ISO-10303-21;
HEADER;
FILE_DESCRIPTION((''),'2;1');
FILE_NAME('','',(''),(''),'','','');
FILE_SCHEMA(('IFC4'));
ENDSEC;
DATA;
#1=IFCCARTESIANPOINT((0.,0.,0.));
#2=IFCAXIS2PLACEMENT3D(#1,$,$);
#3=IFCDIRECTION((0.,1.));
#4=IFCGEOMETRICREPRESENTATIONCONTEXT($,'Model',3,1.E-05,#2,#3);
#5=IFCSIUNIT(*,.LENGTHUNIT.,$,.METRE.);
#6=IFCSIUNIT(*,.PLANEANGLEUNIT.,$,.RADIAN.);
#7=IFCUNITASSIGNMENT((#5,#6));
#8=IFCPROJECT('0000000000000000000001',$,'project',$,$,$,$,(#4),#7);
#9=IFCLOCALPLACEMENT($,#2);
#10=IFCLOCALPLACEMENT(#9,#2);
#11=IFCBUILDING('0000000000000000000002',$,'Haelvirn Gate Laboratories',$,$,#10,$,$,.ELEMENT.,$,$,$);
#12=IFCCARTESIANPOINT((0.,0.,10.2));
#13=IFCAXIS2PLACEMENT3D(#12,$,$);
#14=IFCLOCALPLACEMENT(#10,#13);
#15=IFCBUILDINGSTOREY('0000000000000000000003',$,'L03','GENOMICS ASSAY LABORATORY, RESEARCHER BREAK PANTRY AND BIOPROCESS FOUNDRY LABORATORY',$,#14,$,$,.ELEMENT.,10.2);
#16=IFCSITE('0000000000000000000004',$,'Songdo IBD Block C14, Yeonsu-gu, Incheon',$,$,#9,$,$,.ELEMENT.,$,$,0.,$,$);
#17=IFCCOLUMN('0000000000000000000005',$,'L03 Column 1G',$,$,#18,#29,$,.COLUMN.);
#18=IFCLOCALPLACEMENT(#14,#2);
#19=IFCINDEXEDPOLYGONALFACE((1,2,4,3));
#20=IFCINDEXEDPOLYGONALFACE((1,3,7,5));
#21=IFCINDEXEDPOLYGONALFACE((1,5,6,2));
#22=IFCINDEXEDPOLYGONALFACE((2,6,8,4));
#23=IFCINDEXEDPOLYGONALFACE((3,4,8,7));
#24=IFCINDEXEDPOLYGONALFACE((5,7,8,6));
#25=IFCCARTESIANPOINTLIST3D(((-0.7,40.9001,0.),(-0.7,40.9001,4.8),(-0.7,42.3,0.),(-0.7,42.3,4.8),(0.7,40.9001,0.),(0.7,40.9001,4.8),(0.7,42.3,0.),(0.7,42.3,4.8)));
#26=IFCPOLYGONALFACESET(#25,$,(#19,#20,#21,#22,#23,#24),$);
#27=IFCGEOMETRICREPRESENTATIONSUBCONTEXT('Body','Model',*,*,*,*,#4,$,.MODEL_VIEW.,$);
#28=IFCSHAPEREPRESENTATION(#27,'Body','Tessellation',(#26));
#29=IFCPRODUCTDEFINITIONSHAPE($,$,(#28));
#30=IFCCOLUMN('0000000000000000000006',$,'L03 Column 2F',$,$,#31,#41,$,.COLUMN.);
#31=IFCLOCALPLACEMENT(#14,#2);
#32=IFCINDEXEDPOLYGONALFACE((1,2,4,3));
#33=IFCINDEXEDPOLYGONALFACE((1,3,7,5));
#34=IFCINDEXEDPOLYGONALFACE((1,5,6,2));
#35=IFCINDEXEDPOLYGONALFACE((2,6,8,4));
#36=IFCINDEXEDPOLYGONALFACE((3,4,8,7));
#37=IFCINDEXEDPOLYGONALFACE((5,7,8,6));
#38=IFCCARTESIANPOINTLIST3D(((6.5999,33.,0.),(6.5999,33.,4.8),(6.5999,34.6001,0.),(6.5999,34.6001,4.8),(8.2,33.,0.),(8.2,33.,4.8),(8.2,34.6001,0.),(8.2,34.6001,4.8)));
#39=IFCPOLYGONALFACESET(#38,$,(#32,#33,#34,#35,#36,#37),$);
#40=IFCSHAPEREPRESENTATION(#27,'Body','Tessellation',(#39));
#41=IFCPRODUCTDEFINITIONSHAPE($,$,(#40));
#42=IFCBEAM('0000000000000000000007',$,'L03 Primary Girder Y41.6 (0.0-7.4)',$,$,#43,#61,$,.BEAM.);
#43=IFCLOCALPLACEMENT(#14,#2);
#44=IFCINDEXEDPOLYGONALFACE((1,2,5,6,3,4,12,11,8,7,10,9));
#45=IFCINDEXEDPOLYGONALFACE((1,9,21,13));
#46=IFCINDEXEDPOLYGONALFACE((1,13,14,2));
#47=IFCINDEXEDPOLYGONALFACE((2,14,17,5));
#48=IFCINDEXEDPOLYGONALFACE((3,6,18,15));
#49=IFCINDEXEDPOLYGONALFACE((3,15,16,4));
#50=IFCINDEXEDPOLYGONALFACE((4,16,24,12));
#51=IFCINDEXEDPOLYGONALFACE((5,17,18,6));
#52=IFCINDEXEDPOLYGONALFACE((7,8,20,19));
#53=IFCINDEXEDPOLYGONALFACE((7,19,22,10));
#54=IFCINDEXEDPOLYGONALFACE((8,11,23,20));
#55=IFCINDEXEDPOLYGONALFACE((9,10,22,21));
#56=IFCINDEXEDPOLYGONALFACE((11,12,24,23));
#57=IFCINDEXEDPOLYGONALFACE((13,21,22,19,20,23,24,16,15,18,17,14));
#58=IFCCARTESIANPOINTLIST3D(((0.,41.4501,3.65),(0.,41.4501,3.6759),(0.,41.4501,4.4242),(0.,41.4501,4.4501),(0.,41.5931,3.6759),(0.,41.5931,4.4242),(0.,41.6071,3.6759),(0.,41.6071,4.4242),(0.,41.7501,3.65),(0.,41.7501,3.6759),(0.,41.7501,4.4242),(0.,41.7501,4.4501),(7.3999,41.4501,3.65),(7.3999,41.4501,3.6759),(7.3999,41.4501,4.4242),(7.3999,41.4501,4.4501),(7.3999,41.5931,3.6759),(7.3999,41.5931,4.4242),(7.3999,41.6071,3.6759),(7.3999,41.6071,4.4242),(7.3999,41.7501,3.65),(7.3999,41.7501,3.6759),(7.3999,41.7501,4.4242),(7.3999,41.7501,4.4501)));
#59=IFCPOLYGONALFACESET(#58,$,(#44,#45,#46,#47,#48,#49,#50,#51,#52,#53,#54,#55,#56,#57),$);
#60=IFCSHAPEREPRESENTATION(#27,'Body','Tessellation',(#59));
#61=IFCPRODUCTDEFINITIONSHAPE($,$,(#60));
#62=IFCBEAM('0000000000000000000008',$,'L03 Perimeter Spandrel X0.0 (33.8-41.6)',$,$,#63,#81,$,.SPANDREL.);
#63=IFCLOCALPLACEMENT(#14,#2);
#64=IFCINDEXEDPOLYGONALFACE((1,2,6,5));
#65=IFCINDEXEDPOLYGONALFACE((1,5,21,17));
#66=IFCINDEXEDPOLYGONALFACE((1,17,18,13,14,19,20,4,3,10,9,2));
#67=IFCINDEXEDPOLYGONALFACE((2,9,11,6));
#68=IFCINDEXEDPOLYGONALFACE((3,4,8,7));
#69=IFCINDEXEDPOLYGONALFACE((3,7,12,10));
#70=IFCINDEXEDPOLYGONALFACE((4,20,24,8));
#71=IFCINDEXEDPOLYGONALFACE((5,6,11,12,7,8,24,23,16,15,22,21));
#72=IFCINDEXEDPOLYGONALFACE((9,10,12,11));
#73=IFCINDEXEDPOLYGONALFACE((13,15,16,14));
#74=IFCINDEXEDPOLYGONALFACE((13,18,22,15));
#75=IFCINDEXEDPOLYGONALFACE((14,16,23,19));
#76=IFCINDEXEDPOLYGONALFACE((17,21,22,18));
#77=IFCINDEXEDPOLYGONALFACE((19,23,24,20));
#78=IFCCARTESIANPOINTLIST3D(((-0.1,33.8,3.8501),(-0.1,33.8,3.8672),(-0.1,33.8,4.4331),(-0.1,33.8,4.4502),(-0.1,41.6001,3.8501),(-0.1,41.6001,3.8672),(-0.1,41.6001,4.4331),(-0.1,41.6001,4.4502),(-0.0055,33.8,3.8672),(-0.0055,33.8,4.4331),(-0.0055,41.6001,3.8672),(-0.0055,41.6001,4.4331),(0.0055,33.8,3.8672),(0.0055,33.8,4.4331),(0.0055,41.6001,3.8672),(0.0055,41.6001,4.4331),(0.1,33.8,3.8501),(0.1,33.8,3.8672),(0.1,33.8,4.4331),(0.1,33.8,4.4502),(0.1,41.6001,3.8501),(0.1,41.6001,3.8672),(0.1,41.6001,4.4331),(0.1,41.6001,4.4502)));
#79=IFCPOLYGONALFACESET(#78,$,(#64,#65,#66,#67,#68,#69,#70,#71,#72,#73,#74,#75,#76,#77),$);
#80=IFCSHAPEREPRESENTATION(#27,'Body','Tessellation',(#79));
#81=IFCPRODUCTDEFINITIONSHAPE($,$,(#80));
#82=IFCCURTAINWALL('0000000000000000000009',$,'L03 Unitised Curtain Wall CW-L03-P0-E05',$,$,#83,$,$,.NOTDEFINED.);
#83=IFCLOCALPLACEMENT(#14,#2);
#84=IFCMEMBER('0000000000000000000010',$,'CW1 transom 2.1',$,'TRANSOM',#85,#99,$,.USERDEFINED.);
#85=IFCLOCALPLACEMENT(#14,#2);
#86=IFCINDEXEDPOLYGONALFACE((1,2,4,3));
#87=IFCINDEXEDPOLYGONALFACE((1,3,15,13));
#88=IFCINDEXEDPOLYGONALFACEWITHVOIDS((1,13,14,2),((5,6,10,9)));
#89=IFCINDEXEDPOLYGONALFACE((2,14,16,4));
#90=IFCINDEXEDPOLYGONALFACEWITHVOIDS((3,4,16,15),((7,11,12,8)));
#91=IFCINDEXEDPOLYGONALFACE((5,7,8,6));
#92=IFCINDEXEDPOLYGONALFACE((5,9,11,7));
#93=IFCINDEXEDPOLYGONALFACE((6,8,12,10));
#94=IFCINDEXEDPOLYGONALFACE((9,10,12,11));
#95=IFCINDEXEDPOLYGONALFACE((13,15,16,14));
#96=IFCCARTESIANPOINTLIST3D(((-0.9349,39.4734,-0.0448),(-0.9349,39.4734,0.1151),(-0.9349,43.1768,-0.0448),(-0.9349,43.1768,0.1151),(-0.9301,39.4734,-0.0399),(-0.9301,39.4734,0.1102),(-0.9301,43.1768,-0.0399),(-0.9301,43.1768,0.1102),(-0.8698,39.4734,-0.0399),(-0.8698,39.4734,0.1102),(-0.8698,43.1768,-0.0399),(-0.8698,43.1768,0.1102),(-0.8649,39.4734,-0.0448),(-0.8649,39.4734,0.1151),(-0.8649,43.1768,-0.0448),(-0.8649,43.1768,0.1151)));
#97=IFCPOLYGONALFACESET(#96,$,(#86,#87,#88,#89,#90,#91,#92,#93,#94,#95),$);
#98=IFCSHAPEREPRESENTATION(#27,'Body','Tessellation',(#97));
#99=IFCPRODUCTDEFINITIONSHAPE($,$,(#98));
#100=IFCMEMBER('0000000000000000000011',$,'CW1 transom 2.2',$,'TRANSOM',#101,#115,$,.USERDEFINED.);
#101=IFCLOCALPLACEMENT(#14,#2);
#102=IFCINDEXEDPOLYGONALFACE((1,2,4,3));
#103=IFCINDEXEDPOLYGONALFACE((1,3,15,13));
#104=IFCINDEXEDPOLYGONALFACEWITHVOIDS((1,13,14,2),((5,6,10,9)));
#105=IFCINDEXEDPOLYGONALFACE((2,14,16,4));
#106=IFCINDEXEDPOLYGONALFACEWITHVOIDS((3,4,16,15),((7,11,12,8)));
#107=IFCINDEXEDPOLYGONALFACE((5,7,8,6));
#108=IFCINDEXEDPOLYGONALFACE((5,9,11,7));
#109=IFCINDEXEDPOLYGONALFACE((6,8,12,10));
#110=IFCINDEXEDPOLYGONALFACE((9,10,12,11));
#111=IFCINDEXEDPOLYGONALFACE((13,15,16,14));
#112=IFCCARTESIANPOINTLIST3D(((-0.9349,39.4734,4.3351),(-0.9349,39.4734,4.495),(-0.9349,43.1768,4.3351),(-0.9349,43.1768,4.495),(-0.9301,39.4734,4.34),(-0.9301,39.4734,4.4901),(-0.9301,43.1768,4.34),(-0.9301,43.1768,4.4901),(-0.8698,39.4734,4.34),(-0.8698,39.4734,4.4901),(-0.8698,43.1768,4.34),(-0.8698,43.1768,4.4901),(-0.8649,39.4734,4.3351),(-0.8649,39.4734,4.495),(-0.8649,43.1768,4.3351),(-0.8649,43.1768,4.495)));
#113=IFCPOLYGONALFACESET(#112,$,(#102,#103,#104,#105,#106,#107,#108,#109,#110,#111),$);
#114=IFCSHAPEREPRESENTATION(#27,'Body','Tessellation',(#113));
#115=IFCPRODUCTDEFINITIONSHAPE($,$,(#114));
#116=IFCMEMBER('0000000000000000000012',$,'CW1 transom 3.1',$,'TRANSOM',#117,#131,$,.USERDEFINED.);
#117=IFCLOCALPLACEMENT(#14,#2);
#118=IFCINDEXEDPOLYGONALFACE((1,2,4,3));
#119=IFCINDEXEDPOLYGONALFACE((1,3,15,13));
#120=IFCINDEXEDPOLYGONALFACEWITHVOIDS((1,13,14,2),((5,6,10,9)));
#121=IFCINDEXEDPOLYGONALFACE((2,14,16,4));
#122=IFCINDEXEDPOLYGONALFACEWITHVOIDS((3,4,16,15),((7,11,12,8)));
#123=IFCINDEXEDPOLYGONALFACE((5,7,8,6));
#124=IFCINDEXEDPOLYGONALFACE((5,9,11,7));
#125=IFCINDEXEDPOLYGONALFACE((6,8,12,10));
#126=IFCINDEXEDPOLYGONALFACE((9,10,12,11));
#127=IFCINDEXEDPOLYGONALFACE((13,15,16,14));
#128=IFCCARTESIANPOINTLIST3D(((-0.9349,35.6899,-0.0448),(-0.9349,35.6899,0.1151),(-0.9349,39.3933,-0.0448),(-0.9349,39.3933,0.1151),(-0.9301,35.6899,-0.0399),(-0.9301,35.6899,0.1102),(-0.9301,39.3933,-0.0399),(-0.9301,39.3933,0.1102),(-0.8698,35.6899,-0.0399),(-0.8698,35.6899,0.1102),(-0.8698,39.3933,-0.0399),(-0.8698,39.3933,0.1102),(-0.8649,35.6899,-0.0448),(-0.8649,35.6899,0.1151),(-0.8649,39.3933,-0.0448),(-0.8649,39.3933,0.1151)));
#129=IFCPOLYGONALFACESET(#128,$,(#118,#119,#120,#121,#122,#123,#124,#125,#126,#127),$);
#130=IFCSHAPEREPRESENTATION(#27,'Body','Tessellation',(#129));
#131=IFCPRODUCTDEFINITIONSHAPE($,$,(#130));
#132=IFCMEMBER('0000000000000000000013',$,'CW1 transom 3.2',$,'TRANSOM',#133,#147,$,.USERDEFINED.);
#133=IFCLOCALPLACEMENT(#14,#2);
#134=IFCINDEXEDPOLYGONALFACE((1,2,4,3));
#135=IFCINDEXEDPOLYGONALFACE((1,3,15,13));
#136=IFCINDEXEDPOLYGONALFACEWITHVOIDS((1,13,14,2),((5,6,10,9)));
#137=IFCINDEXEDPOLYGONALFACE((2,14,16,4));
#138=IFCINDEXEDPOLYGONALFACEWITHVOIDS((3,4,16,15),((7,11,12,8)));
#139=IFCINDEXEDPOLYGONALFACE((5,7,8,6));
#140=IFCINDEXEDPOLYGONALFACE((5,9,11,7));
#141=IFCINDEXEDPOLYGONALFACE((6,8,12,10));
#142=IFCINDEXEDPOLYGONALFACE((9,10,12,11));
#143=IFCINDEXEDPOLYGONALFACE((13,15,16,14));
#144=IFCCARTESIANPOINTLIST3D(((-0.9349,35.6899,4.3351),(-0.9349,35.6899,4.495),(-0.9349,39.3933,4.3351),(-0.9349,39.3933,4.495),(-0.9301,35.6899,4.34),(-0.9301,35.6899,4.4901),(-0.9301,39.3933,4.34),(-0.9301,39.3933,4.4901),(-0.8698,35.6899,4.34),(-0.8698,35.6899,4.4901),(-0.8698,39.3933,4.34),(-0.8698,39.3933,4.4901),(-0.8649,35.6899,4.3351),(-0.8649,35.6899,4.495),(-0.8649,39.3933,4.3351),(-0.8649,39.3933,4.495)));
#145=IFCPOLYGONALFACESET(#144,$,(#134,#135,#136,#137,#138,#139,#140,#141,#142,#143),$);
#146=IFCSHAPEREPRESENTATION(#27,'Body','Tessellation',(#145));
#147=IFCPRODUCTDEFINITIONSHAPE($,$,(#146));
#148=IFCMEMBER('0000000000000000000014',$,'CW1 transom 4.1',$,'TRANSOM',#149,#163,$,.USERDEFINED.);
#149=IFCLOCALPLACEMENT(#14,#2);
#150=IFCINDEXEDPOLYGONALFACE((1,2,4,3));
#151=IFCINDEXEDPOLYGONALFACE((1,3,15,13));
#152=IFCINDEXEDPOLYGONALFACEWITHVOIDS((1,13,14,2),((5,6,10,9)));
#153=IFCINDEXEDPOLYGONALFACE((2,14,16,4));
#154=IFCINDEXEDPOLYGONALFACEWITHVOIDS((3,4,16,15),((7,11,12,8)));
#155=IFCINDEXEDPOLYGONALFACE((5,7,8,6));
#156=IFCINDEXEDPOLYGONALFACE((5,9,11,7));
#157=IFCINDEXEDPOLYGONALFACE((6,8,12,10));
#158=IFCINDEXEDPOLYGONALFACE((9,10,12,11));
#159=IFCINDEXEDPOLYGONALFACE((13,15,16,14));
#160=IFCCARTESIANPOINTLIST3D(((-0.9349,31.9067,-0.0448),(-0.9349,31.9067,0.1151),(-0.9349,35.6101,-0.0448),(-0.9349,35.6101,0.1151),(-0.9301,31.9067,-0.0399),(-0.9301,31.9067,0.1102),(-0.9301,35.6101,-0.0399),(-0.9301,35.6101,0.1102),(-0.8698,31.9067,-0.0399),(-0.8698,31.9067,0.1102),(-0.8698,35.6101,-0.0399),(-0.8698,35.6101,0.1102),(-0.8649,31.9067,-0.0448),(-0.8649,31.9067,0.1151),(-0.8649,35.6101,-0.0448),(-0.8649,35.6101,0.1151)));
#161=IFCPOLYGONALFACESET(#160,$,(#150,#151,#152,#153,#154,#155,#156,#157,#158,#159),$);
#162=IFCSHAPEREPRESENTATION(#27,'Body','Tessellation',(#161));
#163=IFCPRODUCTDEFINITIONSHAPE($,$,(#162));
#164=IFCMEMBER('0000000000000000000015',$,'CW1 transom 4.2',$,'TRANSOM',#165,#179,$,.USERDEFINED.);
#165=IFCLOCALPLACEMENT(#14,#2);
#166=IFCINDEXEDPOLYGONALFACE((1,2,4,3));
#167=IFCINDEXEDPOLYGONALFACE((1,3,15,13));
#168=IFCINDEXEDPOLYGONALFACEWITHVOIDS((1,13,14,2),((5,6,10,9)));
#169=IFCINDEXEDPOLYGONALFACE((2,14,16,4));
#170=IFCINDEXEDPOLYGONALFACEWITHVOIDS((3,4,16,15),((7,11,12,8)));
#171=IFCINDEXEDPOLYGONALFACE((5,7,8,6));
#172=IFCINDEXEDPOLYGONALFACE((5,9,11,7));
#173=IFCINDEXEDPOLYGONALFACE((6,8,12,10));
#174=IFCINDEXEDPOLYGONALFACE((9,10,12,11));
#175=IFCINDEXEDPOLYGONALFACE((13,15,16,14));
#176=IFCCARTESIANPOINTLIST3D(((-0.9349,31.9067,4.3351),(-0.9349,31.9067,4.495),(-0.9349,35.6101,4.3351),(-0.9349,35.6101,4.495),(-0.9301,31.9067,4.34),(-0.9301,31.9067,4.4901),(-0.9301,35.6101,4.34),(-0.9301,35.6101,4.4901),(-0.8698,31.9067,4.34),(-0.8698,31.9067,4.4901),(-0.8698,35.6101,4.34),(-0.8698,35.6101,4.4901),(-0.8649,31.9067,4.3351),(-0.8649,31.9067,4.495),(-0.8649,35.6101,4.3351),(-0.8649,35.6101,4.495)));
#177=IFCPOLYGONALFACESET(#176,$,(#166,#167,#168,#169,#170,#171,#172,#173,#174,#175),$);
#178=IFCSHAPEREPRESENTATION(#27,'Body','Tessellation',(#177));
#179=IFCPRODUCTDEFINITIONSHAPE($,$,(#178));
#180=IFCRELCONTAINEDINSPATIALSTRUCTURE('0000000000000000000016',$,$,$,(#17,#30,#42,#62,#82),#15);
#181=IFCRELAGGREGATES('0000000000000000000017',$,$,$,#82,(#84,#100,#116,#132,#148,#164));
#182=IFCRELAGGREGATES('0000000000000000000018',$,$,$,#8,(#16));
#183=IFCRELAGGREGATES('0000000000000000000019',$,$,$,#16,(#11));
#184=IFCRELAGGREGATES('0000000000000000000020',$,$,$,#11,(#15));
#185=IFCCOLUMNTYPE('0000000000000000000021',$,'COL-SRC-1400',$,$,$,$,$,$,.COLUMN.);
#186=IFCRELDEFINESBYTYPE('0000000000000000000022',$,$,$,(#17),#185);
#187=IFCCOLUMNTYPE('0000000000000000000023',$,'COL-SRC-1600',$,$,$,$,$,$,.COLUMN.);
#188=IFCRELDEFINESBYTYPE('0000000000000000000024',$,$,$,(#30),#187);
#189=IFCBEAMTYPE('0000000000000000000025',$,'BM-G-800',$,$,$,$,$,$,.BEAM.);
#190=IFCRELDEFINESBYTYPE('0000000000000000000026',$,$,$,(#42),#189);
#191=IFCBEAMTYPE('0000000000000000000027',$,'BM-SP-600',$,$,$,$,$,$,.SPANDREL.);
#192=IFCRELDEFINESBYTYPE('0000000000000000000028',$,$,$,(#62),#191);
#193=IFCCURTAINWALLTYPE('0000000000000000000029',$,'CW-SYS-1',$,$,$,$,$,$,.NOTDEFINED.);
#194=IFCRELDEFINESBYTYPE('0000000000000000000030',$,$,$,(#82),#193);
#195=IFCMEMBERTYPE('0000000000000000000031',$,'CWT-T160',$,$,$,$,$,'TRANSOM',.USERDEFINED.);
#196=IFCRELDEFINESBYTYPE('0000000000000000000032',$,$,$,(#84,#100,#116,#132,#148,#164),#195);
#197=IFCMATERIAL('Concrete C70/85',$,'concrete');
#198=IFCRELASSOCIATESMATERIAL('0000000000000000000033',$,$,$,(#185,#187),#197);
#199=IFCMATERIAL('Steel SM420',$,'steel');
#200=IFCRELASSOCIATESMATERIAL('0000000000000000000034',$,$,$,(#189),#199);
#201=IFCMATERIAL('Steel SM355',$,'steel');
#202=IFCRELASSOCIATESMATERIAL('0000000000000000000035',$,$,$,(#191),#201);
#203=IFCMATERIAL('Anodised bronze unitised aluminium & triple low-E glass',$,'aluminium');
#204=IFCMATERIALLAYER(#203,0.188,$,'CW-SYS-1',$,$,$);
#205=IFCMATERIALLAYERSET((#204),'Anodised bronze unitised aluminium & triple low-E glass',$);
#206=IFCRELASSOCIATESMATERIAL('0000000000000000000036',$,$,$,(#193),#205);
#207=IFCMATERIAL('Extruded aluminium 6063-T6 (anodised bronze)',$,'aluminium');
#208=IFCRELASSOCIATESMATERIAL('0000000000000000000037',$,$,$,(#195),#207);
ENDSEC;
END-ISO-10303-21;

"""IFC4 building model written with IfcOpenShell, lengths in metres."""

from ifc_helpers import new_model, si_unit, direction, frame, origin, origin_2d, place, context, subcontext, project, spatial, rectangle, hollow_rectangle, i_section, extrude, source, transform, mapped, material, layer, layer_set, material_profile, profile_set, type_object, type_shapes, element, aggregate, save


model = new_model("IFC4")

# Units and contexts
model_context = context("Model", 3, precision=1e-05, world=origin(), true_north=direction((0.0, 1.0)))
body_context = subcontext(model_context, "Body", "Model", "MODEL_VIEW")
ifc_project = project(units=[si_unit("LENGTHUNIT", "METRE"), si_unit("PLANEANGLEUNIT", "RADIAN")], contexts=[model_context])

# Site, building, storey
site_placement = place(None, origin())
site = spatial("IfcSite", under=ifc_project, at=site_placement, Name="Songdo IBD Block C14, Yeonsu-gu, Incheon", CompositionType="ELEMENT", RefElevation=0.0)
building_placement = place(site_placement, origin())
building = spatial("IfcBuilding", under=site, at=building_placement, Name="Haelvirn Gate Laboratories", CompositionType="ELEMENT")
storey_placement = place(building_placement, frame((0.0, 0.0, 10.2)))
storey = spatial("IfcBuildingStorey", under=building, at=storey_placement, Name="L03", Description="GENOMICS ASSAY LABORATORY, RESEARCHER BREAK PANTRY AND BIOPROCESS FOUNDRY LABORATORY", CompositionType="ELEMENT", Elevation=10.2)

# Columns
ifc_material_1 = material(Name="Concrete C70/85", Category="concrete")
ifc_material_profile_1 = material_profile(ifc_material_1, rectangle(XDim=1.3999, YDim=1.3999, at=origin_2d()), Name="SRC-1400x1400")
ifc_profile_set_1 = profile_set([ifc_material_profile_1], Name="Concrete C70/85")
column_type_1 = type_object("IfcColumnType", Name="COL-SRC-1400", PredefinedType="COLUMN", material=ifc_profile_set_1)
shared_shape_1 = source(origin(), body_context, "Body", "SweptSolid", [
    extrude(rectangle(XDim=1.3999, YDim=1.3999, at=origin_2d()), origin(), (0.0, 0.0, 1.0), 4.8),
])
type_shapes(column_type_1, [shared_shape_1])
column_1_placement = place(storey_placement, frame((0.0, 41.6001, 0.0), z_axis=(0.0, 0.0, 1.0), x_axis=(1.0, 0.0, 0.0)))
element("IfcColumn", 1, at=column_1_placement, inside=storey, type_object=column_type_1, Name="L03 Column 1G", PredefinedType="COLUMN", context=body_context, shape_type="MappedRepresentation", body=[
    mapped(shared_shape_1, transform((0.0, 0.0, 0.0), scale=1.0)),
])
ifc_material_profile_2 = material_profile(ifc_material_1, rectangle(XDim=1.6001, YDim=1.6001, at=origin_2d()), Name="SRC-1600x1600")
ifc_profile_set_2 = profile_set([ifc_material_profile_2], Name="Concrete C70/85")
column_type_2 = type_object("IfcColumnType", Name="COL-SRC-1600", PredefinedType="COLUMN", material=ifc_profile_set_2)
shared_shape_2 = source(origin(), body_context, "Body", "SweptSolid", [
    extrude(rectangle(XDim=1.6001, YDim=1.6001, at=origin_2d()), origin(), (0.0, 0.0, 1.0), 4.8),
])
type_shapes(column_type_2, [shared_shape_2])
column_2_placement = place(storey_placement, frame((7.3999, 33.8, 0.0), z_axis=(0.0, 0.0, 1.0), x_axis=(1.0, 0.0, 0.0)))
element("IfcColumn", 2, at=column_2_placement, inside=storey, type_object=column_type_2, Name="L03 Column 2F", PredefinedType="COLUMN", context=body_context, shape_type="MappedRepresentation", body=[
    mapped(shared_shape_2, transform((0.0, 0.0, 0.0), scale=1.0)),
])

# Beams
ifc_material_2 = material(Name="Steel SM420", Category="steel")
ifc_material_profile_3 = material_profile(ifc_material_2, i_section(OverallWidth=0.3, OverallDepth=0.8, WebThickness=0.0139, FlangeThickness=0.0259, at=origin_2d()), Name="H-800x300x14x26")
ifc_profile_set_3 = profile_set([ifc_material_profile_3], Name="Steel SM420")
beam_type_1 = type_object("IfcBeamType", Name="BM-G-800", PredefinedType="BEAM", material=ifc_profile_set_3)
shared_shape_3 = source(origin(), body_context, "Body", "SweptSolid", [
    extrude(i_section(OverallWidth=0.3, OverallDepth=0.8, WebThickness=0.0139, FlangeThickness=0.0259, at=origin_2d()), origin(), (0.0, 0.0, 1.0), 7.3999),
])
type_shapes(beam_type_1, [shared_shape_3])
beam_1_placement = place(storey_placement, frame((0.0, 41.6001, 4.05), z_axis=(1.0, 0.0, 0.0), x_axis=(0.0, 1.0, 0.0)))
element("IfcBeam", 3, at=beam_1_placement, inside=storey, type_object=beam_type_1, Name="L03 Primary Girder Y41.6 (0.0-7.4)", PredefinedType="BEAM", context=body_context, shape_type="MappedRepresentation", body=[
    mapped(shared_shape_3, transform((0.0, 0.0, 0.0), scale=1.0)),
])
ifc_material_3 = material(Name="Steel SM355", Category="steel")
ifc_material_profile_4 = material_profile(ifc_material_3, i_section(OverallWidth=0.2, OverallDepth=0.6001, WebThickness=0.011, FlangeThickness=0.0171, at=origin_2d()), Name="H-600x200x11x17")
ifc_profile_set_4 = profile_set([ifc_material_profile_4], Name="Steel SM355")
beam_type_2 = type_object("IfcBeamType", Name="BM-SP-600", PredefinedType="SPANDREL", material=ifc_profile_set_4)
shared_shape_4 = source(origin(), body_context, "Body", "SweptSolid", [
    extrude(i_section(OverallWidth=0.2, OverallDepth=0.6001, WebThickness=0.011, FlangeThickness=0.0171, at=origin_2d()), origin(), (0.0, 0.0, 1.0), 7.8),
])
type_shapes(beam_type_2, [shared_shape_4])
beam_2_placement = place(storey_placement, frame((0.0, 33.8, 4.1501), z_axis=(0.0, 1.0, 0.0), x_axis=(-1.0, 0.0, 0.0)))
element("IfcBeam", 4, at=beam_2_placement, inside=storey, type_object=beam_type_2, Name="L03 Perimeter Spandrel X0.0 (33.8-41.6)", PredefinedType="SPANDREL", context=body_context, shape_type="MappedRepresentation", body=[
    mapped(shared_shape_4, transform((0.0, 0.0, 0.0), scale=1.0)),
])

# Curtain wall, members
ifc_material_4 = material(Name="Anodised bronze unitised aluminium & triple low-E glass", Category="aluminium")
ifc_layer_1 = layer(ifc_material_4, 0.188, Name="CW-SYS-1")
ifc_layer_set_1 = layer_set([ifc_layer_1], Name="Anodised bronze unitised aluminium & triple low-E glass")
curtain_wall_type = type_object("IfcCurtainWallType", Name="CW-SYS-1", PredefinedType="NOTDEFINED", material=ifc_layer_set_1)
curtain_wall_placement = place(storey_placement, origin())
curtain_wall = element("IfcCurtainWall", 5, at=curtain_wall_placement, inside=storey, type_object=curtain_wall_type, Name="L03 Unitised Curtain Wall CW-L03-P0-E05", PredefinedType="NOTDEFINED")
ifc_material_5 = material(Name="Extruded aluminium 6063-T6 (anodised bronze)", Category="aluminium")
ifc_material_profile_5 = material_profile(ifc_material_5, hollow_rectangle(XDim=0.0701, YDim=0.1599, WallThickness=0.0049, at=origin_2d()), Name="CWT-160x70x5")
ifc_profile_set_5 = profile_set([ifc_material_profile_5], Name="Extruded aluminium 6063-T6 (anodised bronze)")
member_type_1 = type_object("IfcMemberType", Name="CWT-T160", ElementType="TRANSOM", PredefinedType="USERDEFINED", material=ifc_profile_set_5)
shared_shape_5 = source(origin(), body_context, "Body", "SweptSolid", [
    extrude(hollow_rectangle(XDim=0.0701, YDim=0.1599, WallThickness=0.0049, at=origin_2d()), origin(), (0.0, 0.0, 1.0), 3.7034),
])
type_shapes(member_type_1, [shared_shape_5])
member_1_placement = place(storey_placement, frame((-0.8999, 43.1768, 0.0352), z_axis=(0.0, -1.0, 0.0), x_axis=(1.0, 0.0, 0.0)))
member_1 = element("IfcMember", 6, at=member_1_placement, type_object=member_type_1, Name="CW1 transom 2.1", ObjectType="TRANSOM", PredefinedType="USERDEFINED", context=body_context, shape_type="MappedRepresentation", body=[
    mapped(shared_shape_5, transform((0.0, 0.0, 0.0), scale=1.0)),
])
member_2_placement = place(storey_placement, frame((-0.8999, 43.1768, 4.415), z_axis=(0.0, -1.0, 0.0), x_axis=(1.0, 0.0, 0.0)))
member_2 = element("IfcMember", 7, at=member_2_placement, type_object=member_type_1, Name="CW1 transom 2.2", ObjectType="TRANSOM", PredefinedType="USERDEFINED", context=body_context, shape_type="MappedRepresentation", body=[
    mapped(shared_shape_5, transform((0.0, 0.0, 0.0), scale=1.0)),
])
member_3_placement = place(storey_placement, frame((-0.8999, 39.3933, 0.0352), z_axis=(0.0, -1.0, 0.0), x_axis=(1.0, 0.0, 0.0)))
member_3 = element("IfcMember", 8, at=member_3_placement, type_object=member_type_1, Name="CW1 transom 3.1", ObjectType="TRANSOM", PredefinedType="USERDEFINED", context=body_context, shape_type="MappedRepresentation", body=[
    mapped(shared_shape_5, transform((0.0, 0.0, 0.0), scale=1.0)),
])
member_4_placement = place(storey_placement, frame((-0.8999, 39.3933, 4.415), z_axis=(0.0, -1.0, 0.0), x_axis=(1.0, 0.0, 0.0)))
member_4 = element("IfcMember", 9, at=member_4_placement, type_object=member_type_1, Name="CW1 transom 3.2", ObjectType="TRANSOM", PredefinedType="USERDEFINED", context=body_context, shape_type="MappedRepresentation", body=[
    mapped(shared_shape_5, transform((0.0, 0.0, 0.0), scale=1.0)),
])
member_5_placement = place(storey_placement, frame((-0.8999, 35.6101, 0.0352), z_axis=(0.0, -1.0, 0.0), x_axis=(1.0, 0.0, 0.0)))
member_5 = element("IfcMember", 10, at=member_5_placement, type_object=member_type_1, Name="CW1 transom 4.1", ObjectType="TRANSOM", PredefinedType="USERDEFINED", context=body_context, shape_type="MappedRepresentation", body=[
    mapped(shared_shape_5, transform((0.0, 0.0, 0.0), scale=1.0)),
])
member_6_placement = place(storey_placement, frame((-0.8999, 35.6101, 4.415), z_axis=(0.0, -1.0, 0.0), x_axis=(1.0, 0.0, 0.0)))
member_6 = element("IfcMember", 11, at=member_6_placement, type_object=member_type_1, Name="CW1 transom 4.2", ObjectType="TRANSOM", PredefinedType="USERDEFINED", context=body_context, shape_type="MappedRepresentation", body=[
    mapped(shared_shape_5, transform((0.0, 0.0, 0.0), scale=1.0)),
])
aggregate(curtain_wall, [member_1, member_2, member_3, member_4, member_5, member_6])

save(model, "model.ifc")
